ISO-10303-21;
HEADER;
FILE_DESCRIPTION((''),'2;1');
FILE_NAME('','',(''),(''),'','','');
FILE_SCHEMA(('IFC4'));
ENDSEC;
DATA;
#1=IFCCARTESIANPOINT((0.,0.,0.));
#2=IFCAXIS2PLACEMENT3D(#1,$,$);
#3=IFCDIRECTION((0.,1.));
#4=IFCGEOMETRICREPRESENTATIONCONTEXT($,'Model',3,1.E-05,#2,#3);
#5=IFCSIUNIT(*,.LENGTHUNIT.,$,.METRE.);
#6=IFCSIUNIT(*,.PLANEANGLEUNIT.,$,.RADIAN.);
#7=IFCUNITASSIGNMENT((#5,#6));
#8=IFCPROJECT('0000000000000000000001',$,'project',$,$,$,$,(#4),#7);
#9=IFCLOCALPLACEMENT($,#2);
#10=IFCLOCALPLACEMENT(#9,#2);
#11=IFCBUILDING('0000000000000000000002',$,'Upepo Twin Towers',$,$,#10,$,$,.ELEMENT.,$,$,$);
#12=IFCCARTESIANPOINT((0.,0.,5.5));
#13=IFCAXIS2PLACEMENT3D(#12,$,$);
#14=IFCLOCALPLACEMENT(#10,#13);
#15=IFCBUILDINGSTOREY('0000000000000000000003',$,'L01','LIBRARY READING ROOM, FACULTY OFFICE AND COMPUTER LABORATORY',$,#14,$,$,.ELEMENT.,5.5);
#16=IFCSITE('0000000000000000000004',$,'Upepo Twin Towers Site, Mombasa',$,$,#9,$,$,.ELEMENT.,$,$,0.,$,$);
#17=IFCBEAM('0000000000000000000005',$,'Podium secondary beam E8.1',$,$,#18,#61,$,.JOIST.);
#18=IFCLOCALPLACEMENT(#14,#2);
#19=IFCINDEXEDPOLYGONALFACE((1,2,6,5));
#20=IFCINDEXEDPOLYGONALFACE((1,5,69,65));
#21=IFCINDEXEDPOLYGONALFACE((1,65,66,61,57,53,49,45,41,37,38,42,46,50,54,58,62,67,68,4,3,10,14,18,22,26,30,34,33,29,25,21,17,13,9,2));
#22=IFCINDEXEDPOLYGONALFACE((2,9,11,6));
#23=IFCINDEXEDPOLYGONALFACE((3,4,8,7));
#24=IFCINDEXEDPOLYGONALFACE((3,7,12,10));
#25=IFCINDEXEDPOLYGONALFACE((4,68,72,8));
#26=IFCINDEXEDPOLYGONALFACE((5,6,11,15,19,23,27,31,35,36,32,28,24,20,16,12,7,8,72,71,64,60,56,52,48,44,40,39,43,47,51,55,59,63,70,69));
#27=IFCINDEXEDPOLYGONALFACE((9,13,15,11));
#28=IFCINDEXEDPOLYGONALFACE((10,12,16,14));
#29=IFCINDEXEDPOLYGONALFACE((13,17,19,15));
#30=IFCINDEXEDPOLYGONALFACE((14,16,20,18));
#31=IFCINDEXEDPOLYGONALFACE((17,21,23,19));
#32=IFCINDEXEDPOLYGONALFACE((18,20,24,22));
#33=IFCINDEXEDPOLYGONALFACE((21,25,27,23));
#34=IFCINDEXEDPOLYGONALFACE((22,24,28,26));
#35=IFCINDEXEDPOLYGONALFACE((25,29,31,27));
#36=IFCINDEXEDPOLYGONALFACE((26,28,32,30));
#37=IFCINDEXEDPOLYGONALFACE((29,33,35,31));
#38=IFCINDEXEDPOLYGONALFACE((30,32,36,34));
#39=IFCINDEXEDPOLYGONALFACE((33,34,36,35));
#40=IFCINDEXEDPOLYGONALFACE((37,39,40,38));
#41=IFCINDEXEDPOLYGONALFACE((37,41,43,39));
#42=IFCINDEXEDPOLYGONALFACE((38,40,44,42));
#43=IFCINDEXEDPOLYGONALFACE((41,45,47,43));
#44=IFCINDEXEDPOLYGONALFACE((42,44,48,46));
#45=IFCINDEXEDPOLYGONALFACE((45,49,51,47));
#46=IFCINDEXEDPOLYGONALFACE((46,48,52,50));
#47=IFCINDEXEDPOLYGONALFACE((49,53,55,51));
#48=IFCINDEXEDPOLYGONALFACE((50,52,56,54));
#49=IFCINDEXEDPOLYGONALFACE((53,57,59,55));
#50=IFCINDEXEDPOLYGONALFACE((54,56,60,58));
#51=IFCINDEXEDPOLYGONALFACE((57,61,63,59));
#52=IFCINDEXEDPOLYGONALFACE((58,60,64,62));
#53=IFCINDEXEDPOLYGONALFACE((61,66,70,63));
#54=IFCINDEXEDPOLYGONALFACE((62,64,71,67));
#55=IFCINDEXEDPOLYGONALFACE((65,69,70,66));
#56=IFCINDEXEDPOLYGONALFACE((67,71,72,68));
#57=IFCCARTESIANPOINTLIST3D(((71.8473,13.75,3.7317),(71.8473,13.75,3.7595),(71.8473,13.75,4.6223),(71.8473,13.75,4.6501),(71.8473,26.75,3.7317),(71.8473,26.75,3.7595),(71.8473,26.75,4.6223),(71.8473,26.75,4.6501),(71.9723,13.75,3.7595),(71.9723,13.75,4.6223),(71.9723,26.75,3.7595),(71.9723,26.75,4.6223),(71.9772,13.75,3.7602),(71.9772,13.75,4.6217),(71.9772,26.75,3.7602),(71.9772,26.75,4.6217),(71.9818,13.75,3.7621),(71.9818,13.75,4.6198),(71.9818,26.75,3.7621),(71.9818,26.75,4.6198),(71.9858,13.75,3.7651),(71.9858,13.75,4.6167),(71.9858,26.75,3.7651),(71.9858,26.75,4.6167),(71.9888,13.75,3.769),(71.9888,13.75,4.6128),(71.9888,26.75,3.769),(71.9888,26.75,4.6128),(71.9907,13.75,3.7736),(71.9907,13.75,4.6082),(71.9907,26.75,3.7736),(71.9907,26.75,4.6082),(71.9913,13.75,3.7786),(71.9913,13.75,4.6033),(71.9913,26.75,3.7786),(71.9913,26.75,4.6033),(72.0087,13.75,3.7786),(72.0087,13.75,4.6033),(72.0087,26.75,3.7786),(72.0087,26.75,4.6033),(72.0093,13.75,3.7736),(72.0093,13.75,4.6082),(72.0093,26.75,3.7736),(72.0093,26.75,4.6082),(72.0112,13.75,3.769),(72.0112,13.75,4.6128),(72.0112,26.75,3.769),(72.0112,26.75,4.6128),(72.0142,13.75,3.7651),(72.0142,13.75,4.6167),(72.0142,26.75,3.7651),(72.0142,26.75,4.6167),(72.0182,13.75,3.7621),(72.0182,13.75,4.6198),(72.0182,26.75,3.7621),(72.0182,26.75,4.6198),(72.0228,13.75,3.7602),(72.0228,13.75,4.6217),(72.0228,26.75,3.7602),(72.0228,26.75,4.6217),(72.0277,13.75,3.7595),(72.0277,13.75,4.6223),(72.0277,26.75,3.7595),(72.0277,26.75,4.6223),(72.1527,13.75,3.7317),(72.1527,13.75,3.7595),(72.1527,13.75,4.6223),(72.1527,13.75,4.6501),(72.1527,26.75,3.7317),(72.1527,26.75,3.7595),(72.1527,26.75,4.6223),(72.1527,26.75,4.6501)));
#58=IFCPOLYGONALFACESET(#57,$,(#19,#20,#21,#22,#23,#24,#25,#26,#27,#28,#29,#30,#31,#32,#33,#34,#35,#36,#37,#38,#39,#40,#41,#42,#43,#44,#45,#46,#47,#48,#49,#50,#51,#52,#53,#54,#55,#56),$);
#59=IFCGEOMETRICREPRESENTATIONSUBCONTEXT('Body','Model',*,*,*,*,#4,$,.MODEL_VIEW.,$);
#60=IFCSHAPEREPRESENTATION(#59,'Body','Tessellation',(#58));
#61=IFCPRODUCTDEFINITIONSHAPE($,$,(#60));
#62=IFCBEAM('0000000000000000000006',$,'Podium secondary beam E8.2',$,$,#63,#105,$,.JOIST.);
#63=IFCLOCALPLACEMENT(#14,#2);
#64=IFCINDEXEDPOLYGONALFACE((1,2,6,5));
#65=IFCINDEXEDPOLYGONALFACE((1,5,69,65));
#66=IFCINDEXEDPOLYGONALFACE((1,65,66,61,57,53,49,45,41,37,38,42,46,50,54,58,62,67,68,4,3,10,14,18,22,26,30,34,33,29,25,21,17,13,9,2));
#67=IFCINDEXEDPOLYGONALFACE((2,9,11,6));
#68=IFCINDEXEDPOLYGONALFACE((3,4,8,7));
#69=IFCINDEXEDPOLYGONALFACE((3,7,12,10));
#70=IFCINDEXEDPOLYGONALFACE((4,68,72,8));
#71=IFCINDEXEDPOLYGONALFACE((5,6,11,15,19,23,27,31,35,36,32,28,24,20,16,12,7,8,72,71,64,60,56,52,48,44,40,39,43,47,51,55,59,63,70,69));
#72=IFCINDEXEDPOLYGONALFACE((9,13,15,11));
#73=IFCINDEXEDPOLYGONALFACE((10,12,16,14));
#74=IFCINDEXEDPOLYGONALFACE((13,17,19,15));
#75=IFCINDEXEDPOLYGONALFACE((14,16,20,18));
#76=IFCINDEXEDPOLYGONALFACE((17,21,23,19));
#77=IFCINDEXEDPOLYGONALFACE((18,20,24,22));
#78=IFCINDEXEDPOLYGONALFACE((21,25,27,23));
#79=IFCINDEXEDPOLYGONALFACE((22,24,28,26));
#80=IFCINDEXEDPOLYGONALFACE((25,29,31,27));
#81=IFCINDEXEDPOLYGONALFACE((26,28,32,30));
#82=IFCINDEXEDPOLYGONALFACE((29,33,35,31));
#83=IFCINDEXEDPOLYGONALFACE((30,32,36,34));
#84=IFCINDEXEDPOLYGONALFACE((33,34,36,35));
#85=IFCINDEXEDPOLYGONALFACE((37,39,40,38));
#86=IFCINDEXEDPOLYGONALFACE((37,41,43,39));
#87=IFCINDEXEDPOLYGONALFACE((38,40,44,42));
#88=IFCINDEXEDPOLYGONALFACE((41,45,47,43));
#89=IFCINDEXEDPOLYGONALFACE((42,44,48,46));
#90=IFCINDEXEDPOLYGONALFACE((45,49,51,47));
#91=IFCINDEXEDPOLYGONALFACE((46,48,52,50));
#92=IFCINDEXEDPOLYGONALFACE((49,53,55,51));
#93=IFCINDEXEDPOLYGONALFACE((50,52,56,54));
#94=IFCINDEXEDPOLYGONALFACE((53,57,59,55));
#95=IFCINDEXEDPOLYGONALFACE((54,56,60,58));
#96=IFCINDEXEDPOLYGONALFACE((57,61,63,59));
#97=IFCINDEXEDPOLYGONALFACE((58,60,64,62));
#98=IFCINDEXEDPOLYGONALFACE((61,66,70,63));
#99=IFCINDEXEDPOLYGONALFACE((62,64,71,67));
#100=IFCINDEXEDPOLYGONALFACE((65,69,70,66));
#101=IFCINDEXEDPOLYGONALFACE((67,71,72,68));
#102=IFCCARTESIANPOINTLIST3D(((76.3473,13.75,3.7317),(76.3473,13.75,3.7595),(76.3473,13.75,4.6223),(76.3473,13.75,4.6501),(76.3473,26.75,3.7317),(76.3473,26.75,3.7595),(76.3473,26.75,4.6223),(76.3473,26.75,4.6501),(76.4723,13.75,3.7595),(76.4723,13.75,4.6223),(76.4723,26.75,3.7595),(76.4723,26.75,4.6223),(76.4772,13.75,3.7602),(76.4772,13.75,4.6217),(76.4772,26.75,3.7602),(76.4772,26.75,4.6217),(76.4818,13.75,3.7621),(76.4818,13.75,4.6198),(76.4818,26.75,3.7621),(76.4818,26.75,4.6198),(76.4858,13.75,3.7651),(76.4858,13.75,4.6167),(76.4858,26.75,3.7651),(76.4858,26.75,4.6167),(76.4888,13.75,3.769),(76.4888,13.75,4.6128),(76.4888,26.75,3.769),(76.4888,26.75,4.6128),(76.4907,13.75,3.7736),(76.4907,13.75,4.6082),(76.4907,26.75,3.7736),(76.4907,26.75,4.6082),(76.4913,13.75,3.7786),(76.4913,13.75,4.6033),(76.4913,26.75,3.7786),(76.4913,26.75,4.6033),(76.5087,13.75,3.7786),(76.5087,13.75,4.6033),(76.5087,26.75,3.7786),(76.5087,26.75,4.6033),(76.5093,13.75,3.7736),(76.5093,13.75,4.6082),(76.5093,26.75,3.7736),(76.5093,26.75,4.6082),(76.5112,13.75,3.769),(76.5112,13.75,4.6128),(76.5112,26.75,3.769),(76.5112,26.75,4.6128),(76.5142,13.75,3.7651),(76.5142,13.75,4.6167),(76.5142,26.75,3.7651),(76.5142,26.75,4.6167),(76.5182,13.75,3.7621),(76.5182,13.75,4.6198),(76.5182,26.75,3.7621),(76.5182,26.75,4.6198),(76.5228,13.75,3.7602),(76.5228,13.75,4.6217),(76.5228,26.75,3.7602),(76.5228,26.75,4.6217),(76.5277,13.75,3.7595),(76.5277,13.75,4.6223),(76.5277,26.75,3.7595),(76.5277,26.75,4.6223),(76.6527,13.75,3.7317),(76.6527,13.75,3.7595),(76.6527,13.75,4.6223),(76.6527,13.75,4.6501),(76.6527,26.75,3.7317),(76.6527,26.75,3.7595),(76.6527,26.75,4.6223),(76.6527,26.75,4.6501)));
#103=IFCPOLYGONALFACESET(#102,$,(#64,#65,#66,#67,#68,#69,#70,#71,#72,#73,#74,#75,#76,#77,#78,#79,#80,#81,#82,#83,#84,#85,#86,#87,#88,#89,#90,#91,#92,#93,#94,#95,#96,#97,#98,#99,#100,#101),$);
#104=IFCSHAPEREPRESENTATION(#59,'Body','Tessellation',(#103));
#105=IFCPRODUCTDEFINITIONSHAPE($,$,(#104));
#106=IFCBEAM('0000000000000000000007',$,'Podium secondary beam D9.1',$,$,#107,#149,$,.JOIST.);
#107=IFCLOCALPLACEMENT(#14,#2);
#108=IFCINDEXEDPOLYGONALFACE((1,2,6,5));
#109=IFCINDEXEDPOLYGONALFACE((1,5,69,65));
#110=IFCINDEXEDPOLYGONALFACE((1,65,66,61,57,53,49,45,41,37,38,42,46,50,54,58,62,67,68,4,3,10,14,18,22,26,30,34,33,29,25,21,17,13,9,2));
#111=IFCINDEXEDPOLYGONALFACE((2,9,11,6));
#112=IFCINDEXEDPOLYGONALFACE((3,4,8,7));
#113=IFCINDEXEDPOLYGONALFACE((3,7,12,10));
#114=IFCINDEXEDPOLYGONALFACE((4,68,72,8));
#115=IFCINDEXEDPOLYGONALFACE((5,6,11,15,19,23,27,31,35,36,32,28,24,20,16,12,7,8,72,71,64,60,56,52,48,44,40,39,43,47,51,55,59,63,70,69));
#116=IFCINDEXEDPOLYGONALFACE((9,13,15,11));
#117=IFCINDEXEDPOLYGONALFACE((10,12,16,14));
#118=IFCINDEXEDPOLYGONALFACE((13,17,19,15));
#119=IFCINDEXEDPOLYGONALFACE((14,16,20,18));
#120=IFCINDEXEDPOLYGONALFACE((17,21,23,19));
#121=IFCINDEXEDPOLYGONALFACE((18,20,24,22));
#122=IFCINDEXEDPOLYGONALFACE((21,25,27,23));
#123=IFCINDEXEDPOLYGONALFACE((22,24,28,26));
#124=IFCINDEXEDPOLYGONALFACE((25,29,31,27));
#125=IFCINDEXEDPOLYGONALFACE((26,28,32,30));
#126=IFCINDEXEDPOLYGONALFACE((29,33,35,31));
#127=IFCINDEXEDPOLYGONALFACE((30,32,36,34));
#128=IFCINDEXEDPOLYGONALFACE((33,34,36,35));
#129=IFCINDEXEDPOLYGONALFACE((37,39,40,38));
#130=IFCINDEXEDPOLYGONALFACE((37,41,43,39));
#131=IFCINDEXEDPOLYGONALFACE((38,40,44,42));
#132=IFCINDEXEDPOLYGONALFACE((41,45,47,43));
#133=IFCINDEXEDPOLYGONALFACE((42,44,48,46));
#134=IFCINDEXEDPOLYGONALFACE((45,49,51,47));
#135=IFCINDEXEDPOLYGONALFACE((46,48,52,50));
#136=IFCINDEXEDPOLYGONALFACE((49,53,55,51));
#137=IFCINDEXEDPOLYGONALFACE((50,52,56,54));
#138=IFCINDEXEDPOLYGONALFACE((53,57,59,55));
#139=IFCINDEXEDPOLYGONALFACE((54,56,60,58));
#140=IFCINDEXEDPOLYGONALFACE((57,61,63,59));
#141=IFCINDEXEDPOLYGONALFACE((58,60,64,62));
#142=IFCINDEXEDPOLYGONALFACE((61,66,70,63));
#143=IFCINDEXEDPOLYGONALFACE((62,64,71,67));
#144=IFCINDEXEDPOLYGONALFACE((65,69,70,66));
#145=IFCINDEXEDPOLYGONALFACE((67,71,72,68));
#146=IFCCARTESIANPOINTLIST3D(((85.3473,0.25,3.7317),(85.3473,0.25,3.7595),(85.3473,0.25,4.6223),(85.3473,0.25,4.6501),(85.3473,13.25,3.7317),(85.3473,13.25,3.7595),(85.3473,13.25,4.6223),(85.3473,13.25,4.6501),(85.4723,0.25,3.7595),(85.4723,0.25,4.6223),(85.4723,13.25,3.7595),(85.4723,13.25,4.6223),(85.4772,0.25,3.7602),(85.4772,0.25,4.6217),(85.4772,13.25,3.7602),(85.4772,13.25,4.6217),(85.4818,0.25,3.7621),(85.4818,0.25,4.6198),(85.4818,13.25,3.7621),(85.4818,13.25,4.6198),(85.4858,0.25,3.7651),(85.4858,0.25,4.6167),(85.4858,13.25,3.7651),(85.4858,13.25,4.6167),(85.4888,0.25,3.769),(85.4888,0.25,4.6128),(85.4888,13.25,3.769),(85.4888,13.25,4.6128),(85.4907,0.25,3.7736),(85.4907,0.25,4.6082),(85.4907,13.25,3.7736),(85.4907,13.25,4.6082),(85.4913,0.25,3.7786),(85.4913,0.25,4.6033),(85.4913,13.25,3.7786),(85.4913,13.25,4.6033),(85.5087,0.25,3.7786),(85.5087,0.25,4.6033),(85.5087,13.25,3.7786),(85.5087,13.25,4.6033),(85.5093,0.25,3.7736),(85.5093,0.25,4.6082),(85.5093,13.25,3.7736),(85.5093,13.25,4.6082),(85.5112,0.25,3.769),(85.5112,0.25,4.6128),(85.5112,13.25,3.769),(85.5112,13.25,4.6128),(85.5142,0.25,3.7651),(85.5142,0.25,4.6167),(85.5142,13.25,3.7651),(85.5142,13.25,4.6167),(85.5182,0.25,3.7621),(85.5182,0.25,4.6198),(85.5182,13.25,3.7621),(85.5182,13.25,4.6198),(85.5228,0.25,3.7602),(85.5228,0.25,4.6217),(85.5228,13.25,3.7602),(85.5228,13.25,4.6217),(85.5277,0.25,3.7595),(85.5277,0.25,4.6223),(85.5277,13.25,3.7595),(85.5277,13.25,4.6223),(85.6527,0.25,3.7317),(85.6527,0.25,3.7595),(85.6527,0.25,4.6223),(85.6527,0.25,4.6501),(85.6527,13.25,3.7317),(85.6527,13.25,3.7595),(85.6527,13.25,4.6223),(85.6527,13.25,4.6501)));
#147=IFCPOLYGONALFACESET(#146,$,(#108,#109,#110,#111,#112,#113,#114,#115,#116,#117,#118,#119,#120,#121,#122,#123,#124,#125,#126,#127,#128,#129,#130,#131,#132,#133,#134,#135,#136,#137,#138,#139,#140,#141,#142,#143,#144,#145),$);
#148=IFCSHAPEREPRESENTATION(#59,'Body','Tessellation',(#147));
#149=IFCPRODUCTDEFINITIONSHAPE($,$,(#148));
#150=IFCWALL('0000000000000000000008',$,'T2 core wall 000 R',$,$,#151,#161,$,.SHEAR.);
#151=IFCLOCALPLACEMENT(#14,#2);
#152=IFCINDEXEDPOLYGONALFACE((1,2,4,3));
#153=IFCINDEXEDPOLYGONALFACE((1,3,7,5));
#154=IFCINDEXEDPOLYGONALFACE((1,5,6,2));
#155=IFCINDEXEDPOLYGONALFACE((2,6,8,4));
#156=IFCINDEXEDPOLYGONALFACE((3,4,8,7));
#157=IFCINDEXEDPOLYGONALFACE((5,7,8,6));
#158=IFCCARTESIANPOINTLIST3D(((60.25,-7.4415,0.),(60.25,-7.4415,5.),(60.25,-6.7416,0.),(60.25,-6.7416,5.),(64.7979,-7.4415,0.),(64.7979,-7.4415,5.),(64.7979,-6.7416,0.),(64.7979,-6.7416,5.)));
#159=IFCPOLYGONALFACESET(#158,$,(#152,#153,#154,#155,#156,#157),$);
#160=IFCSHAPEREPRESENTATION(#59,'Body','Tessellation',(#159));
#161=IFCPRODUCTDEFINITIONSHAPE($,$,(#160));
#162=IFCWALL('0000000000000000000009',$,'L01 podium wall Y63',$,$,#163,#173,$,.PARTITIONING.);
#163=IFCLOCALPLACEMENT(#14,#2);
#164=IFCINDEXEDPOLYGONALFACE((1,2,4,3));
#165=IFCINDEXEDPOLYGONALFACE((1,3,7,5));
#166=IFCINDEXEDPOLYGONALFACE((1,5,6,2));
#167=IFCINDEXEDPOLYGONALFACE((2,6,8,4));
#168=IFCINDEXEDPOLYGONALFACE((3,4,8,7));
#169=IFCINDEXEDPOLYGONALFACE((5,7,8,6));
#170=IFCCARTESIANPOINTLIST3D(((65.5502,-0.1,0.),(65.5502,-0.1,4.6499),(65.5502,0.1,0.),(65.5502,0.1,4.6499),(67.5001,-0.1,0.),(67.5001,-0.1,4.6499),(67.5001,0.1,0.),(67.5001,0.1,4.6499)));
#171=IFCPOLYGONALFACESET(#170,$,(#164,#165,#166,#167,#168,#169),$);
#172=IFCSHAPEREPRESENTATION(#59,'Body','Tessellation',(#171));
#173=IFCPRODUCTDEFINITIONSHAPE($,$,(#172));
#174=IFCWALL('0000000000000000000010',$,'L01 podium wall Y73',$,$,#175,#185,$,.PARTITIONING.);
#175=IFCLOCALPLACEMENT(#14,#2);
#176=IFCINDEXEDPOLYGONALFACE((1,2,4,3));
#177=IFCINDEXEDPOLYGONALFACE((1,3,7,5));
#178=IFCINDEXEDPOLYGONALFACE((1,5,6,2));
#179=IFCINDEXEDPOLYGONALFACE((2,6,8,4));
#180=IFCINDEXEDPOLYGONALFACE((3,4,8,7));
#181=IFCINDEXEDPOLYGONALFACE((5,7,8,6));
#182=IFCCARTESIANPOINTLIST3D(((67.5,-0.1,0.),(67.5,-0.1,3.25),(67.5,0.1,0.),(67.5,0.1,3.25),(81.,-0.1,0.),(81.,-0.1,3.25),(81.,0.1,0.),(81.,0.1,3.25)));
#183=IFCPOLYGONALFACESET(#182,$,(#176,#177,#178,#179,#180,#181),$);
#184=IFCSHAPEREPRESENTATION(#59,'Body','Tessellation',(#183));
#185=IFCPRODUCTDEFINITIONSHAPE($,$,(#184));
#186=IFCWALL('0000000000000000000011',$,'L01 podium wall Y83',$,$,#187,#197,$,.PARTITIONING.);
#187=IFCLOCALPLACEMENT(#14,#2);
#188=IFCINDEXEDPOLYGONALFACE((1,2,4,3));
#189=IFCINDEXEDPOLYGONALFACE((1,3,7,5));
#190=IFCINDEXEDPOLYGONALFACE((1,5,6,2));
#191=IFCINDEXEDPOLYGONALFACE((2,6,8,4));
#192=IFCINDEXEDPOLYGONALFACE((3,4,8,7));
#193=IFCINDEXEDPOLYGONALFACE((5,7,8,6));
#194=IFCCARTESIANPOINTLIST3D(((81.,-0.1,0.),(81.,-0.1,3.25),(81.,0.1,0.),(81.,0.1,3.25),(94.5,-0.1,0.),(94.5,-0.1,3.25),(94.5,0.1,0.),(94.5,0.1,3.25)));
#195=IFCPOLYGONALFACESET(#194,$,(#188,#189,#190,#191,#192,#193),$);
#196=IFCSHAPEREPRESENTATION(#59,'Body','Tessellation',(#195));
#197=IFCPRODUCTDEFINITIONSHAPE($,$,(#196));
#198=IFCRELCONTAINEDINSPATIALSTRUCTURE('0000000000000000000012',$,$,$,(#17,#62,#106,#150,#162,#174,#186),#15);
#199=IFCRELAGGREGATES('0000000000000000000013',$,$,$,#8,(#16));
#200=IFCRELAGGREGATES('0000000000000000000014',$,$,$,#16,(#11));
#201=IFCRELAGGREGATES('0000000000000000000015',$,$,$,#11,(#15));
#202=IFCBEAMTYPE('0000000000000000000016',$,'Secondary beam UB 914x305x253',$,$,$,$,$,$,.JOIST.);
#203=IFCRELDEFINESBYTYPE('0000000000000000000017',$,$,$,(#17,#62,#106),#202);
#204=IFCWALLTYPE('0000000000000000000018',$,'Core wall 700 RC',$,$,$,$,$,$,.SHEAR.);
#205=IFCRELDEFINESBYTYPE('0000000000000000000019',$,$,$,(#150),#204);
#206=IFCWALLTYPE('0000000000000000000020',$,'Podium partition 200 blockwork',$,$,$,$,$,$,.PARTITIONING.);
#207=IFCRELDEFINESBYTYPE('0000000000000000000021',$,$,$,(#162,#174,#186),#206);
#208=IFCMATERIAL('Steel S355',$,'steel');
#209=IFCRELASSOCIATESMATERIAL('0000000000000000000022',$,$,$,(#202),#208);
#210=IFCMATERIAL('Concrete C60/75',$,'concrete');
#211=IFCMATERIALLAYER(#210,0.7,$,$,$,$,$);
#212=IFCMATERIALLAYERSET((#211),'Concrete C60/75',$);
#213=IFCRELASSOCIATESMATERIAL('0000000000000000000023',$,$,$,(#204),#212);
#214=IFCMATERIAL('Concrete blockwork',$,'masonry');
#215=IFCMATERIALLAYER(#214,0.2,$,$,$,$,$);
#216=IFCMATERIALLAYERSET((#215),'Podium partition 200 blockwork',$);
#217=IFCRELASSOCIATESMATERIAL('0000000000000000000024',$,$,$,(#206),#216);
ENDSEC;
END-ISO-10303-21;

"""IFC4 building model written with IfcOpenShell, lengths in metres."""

from ifc_helpers import new_model, si_unit, direction, frame, frame_2d, origin, origin_2d, place, context, subcontext, project, spatial, rectangle, i_section, extrude, material, layer, layer_set, material_profile, profile_set, type_object, element, save


model = new_model("IFC4")

# Units and contexts
model_context = context("Model", 3, precision=1e-05, world=origin(), true_north=direction((0.0, 1.0)))
body_context = subcontext(model_context, "Body", "Model", "MODEL_VIEW")
ifc_project = project(units=[si_unit("LENGTHUNIT", "METRE"), si_unit("PLANEANGLEUNIT", "RADIAN")], contexts=[model_context])

# Site, building, storey
site_placement = place(None, origin())
site = spatial("IfcSite", under=ifc_project, at=site_placement, Name="Upepo Twin Towers Site, Mombasa", CompositionType="ELEMENT", RefElevation=0.0)
building_placement = place(site_placement, origin())
building = spatial("IfcBuilding", under=site, at=building_placement, Name="Upepo Twin Towers", CompositionType="ELEMENT")
storey_placement = place(building_placement, frame((0.0, 0.0, 5.5)))
storey = spatial("IfcBuildingStorey", under=building, at=storey_placement, Name="L01", Description="LIBRARY READING ROOM, FACULTY OFFICE AND COMPUTER LABORATORY", CompositionType="ELEMENT", Elevation=5.5)

# Beams
ifc_material_1 = material(Name="Steel S355", Category="steel")
ifc_material_profile_1 = material_profile(ifc_material_1, i_section(OverallWidth=0.3054, OverallDepth=0.9185, WebThickness=0.0173, FlangeThickness=0.0278, FilletRadius=0.019, at=origin_2d()), Name="UB 914x305x253")
ifc_profile_set_1 = profile_set([ifc_material_profile_1], Name="Steel S355")
beam_type_1 = type_object("IfcBeamType", Name="Secondary beam UB 914x305x253", PredefinedType="JOIST", material=ifc_profile_set_1)
for number, where, z_axis, x_axis, name in (
    (1, (72.0, 13.75, 4.1909), (0.0, 1.0, 0.0), (-1.0, 0.0, 0.0), "Podium secondary beam E8.1"),
    (2, (76.5, 13.75, 4.1909), (0.0, 1.0, 0.0), (-1.0, 0.0, 0.0), "Podium secondary beam E8.2"),
    (3, (85.5, 0.25, 4.1909), (0.0, 1.0, 0.0), (-1.0, 0.0, 0.0), "Podium secondary beam D9.1"),
):
    element("IfcBeam", number, at=place(storey_placement, frame(where, z_axis=z_axis, x_axis=x_axis)), inside=storey, type_object=beam_type_1, Name=name, PredefinedType="JOIST", context=body_context, shape_type="SweptSolid", body=[
        extrude(i_section(OverallWidth=0.3054, OverallDepth=0.9185, WebThickness=0.0173, FlangeThickness=0.0278, FilletRadius=0.019, at=origin_2d()), origin(), (0.0, 0.0, 1.0), 13.0),
    ])

# Walls
ifc_material_2 = material(Name="Concrete C60/75", Category="concrete")
ifc_layer_1 = layer(ifc_material_2, 0.7)
ifc_layer_set_1 = layer_set([ifc_layer_1], Name="Concrete C60/75")
wall_type_1 = type_object("IfcWallType", Name="Core wall 700 RC", PredefinedType="SHEAR", material=ifc_layer_set_1)
wall_1_placement = place(storey_placement, frame((64.7979, -7.0916, 0.0), z_axis=(0.0, 0.0, 1.0), x_axis=(-1.0, 0.0, 0.0)))
element("IfcWall", 4, at=wall_1_placement, inside=storey, type_object=wall_type_1, Name="T2 core wall 000 R", PredefinedType="SHEAR", context=body_context, shape_type="SweptSolid", body=[
    extrude(rectangle(XDim=4.5479, YDim=0.7, at=frame_2d((2.2739, 0.0))), origin(), (0.0, 0.0, 1.0), 5.0),
])
ifc_material_3 = material(Name="Concrete blockwork", Category="masonry")
ifc_layer_2 = layer(ifc_material_3, 0.2)
ifc_layer_set_2 = layer_set([ifc_layer_2], Name="Podium partition 200 blockwork")
wall_type_2 = type_object("IfcWallType", Name="Podium partition 200 blockwork", PredefinedType="PARTITIONING", material=ifc_layer_set_2)
wall_2_placement = place(storey_placement, frame((65.55, 0.0, 0.0), z_axis=(0.0, 0.0, 1.0), x_axis=(1.0, 0.0, 0.0)))
element("IfcWall", 5, at=wall_2_placement, inside=storey, type_object=wall_type_2, Name="L01 podium wall Y63", PredefinedType="PARTITIONING", context=body_context, shape_type="SweptSolid", body=[
    extrude(rectangle(XDim=1.95, YDim=0.2, at=frame_2d((0.9751, 0.0))), origin(), (0.0, 0.0, 1.0), 4.6499),
])
for number, where, z_axis, x_axis, name in (
    (6, (67.5, 0.0, 0.0), (0.0, 0.0, 1.0), (1.0, 0.0, 0.0), "L01 podium wall Y73"),
    (7, (81.0, 0.0, 0.0), (0.0, 0.0, 1.0), (1.0, 0.0, 0.0), "L01 podium wall Y83"),
):
    element("IfcWall", number, at=place(storey_placement, frame(where, z_axis=z_axis, x_axis=x_axis)), inside=storey, type_object=wall_type_2, Name=name, PredefinedType="PARTITIONING", context=body_context, shape_type="SweptSolid", body=[
        extrude(rectangle(XDim=13.5, YDim=0.2, at=frame_2d((6.75, 0.0))), origin(), (0.0, 0.0, 1.0), 3.25),
    ])

save(model, "model.ifc")
